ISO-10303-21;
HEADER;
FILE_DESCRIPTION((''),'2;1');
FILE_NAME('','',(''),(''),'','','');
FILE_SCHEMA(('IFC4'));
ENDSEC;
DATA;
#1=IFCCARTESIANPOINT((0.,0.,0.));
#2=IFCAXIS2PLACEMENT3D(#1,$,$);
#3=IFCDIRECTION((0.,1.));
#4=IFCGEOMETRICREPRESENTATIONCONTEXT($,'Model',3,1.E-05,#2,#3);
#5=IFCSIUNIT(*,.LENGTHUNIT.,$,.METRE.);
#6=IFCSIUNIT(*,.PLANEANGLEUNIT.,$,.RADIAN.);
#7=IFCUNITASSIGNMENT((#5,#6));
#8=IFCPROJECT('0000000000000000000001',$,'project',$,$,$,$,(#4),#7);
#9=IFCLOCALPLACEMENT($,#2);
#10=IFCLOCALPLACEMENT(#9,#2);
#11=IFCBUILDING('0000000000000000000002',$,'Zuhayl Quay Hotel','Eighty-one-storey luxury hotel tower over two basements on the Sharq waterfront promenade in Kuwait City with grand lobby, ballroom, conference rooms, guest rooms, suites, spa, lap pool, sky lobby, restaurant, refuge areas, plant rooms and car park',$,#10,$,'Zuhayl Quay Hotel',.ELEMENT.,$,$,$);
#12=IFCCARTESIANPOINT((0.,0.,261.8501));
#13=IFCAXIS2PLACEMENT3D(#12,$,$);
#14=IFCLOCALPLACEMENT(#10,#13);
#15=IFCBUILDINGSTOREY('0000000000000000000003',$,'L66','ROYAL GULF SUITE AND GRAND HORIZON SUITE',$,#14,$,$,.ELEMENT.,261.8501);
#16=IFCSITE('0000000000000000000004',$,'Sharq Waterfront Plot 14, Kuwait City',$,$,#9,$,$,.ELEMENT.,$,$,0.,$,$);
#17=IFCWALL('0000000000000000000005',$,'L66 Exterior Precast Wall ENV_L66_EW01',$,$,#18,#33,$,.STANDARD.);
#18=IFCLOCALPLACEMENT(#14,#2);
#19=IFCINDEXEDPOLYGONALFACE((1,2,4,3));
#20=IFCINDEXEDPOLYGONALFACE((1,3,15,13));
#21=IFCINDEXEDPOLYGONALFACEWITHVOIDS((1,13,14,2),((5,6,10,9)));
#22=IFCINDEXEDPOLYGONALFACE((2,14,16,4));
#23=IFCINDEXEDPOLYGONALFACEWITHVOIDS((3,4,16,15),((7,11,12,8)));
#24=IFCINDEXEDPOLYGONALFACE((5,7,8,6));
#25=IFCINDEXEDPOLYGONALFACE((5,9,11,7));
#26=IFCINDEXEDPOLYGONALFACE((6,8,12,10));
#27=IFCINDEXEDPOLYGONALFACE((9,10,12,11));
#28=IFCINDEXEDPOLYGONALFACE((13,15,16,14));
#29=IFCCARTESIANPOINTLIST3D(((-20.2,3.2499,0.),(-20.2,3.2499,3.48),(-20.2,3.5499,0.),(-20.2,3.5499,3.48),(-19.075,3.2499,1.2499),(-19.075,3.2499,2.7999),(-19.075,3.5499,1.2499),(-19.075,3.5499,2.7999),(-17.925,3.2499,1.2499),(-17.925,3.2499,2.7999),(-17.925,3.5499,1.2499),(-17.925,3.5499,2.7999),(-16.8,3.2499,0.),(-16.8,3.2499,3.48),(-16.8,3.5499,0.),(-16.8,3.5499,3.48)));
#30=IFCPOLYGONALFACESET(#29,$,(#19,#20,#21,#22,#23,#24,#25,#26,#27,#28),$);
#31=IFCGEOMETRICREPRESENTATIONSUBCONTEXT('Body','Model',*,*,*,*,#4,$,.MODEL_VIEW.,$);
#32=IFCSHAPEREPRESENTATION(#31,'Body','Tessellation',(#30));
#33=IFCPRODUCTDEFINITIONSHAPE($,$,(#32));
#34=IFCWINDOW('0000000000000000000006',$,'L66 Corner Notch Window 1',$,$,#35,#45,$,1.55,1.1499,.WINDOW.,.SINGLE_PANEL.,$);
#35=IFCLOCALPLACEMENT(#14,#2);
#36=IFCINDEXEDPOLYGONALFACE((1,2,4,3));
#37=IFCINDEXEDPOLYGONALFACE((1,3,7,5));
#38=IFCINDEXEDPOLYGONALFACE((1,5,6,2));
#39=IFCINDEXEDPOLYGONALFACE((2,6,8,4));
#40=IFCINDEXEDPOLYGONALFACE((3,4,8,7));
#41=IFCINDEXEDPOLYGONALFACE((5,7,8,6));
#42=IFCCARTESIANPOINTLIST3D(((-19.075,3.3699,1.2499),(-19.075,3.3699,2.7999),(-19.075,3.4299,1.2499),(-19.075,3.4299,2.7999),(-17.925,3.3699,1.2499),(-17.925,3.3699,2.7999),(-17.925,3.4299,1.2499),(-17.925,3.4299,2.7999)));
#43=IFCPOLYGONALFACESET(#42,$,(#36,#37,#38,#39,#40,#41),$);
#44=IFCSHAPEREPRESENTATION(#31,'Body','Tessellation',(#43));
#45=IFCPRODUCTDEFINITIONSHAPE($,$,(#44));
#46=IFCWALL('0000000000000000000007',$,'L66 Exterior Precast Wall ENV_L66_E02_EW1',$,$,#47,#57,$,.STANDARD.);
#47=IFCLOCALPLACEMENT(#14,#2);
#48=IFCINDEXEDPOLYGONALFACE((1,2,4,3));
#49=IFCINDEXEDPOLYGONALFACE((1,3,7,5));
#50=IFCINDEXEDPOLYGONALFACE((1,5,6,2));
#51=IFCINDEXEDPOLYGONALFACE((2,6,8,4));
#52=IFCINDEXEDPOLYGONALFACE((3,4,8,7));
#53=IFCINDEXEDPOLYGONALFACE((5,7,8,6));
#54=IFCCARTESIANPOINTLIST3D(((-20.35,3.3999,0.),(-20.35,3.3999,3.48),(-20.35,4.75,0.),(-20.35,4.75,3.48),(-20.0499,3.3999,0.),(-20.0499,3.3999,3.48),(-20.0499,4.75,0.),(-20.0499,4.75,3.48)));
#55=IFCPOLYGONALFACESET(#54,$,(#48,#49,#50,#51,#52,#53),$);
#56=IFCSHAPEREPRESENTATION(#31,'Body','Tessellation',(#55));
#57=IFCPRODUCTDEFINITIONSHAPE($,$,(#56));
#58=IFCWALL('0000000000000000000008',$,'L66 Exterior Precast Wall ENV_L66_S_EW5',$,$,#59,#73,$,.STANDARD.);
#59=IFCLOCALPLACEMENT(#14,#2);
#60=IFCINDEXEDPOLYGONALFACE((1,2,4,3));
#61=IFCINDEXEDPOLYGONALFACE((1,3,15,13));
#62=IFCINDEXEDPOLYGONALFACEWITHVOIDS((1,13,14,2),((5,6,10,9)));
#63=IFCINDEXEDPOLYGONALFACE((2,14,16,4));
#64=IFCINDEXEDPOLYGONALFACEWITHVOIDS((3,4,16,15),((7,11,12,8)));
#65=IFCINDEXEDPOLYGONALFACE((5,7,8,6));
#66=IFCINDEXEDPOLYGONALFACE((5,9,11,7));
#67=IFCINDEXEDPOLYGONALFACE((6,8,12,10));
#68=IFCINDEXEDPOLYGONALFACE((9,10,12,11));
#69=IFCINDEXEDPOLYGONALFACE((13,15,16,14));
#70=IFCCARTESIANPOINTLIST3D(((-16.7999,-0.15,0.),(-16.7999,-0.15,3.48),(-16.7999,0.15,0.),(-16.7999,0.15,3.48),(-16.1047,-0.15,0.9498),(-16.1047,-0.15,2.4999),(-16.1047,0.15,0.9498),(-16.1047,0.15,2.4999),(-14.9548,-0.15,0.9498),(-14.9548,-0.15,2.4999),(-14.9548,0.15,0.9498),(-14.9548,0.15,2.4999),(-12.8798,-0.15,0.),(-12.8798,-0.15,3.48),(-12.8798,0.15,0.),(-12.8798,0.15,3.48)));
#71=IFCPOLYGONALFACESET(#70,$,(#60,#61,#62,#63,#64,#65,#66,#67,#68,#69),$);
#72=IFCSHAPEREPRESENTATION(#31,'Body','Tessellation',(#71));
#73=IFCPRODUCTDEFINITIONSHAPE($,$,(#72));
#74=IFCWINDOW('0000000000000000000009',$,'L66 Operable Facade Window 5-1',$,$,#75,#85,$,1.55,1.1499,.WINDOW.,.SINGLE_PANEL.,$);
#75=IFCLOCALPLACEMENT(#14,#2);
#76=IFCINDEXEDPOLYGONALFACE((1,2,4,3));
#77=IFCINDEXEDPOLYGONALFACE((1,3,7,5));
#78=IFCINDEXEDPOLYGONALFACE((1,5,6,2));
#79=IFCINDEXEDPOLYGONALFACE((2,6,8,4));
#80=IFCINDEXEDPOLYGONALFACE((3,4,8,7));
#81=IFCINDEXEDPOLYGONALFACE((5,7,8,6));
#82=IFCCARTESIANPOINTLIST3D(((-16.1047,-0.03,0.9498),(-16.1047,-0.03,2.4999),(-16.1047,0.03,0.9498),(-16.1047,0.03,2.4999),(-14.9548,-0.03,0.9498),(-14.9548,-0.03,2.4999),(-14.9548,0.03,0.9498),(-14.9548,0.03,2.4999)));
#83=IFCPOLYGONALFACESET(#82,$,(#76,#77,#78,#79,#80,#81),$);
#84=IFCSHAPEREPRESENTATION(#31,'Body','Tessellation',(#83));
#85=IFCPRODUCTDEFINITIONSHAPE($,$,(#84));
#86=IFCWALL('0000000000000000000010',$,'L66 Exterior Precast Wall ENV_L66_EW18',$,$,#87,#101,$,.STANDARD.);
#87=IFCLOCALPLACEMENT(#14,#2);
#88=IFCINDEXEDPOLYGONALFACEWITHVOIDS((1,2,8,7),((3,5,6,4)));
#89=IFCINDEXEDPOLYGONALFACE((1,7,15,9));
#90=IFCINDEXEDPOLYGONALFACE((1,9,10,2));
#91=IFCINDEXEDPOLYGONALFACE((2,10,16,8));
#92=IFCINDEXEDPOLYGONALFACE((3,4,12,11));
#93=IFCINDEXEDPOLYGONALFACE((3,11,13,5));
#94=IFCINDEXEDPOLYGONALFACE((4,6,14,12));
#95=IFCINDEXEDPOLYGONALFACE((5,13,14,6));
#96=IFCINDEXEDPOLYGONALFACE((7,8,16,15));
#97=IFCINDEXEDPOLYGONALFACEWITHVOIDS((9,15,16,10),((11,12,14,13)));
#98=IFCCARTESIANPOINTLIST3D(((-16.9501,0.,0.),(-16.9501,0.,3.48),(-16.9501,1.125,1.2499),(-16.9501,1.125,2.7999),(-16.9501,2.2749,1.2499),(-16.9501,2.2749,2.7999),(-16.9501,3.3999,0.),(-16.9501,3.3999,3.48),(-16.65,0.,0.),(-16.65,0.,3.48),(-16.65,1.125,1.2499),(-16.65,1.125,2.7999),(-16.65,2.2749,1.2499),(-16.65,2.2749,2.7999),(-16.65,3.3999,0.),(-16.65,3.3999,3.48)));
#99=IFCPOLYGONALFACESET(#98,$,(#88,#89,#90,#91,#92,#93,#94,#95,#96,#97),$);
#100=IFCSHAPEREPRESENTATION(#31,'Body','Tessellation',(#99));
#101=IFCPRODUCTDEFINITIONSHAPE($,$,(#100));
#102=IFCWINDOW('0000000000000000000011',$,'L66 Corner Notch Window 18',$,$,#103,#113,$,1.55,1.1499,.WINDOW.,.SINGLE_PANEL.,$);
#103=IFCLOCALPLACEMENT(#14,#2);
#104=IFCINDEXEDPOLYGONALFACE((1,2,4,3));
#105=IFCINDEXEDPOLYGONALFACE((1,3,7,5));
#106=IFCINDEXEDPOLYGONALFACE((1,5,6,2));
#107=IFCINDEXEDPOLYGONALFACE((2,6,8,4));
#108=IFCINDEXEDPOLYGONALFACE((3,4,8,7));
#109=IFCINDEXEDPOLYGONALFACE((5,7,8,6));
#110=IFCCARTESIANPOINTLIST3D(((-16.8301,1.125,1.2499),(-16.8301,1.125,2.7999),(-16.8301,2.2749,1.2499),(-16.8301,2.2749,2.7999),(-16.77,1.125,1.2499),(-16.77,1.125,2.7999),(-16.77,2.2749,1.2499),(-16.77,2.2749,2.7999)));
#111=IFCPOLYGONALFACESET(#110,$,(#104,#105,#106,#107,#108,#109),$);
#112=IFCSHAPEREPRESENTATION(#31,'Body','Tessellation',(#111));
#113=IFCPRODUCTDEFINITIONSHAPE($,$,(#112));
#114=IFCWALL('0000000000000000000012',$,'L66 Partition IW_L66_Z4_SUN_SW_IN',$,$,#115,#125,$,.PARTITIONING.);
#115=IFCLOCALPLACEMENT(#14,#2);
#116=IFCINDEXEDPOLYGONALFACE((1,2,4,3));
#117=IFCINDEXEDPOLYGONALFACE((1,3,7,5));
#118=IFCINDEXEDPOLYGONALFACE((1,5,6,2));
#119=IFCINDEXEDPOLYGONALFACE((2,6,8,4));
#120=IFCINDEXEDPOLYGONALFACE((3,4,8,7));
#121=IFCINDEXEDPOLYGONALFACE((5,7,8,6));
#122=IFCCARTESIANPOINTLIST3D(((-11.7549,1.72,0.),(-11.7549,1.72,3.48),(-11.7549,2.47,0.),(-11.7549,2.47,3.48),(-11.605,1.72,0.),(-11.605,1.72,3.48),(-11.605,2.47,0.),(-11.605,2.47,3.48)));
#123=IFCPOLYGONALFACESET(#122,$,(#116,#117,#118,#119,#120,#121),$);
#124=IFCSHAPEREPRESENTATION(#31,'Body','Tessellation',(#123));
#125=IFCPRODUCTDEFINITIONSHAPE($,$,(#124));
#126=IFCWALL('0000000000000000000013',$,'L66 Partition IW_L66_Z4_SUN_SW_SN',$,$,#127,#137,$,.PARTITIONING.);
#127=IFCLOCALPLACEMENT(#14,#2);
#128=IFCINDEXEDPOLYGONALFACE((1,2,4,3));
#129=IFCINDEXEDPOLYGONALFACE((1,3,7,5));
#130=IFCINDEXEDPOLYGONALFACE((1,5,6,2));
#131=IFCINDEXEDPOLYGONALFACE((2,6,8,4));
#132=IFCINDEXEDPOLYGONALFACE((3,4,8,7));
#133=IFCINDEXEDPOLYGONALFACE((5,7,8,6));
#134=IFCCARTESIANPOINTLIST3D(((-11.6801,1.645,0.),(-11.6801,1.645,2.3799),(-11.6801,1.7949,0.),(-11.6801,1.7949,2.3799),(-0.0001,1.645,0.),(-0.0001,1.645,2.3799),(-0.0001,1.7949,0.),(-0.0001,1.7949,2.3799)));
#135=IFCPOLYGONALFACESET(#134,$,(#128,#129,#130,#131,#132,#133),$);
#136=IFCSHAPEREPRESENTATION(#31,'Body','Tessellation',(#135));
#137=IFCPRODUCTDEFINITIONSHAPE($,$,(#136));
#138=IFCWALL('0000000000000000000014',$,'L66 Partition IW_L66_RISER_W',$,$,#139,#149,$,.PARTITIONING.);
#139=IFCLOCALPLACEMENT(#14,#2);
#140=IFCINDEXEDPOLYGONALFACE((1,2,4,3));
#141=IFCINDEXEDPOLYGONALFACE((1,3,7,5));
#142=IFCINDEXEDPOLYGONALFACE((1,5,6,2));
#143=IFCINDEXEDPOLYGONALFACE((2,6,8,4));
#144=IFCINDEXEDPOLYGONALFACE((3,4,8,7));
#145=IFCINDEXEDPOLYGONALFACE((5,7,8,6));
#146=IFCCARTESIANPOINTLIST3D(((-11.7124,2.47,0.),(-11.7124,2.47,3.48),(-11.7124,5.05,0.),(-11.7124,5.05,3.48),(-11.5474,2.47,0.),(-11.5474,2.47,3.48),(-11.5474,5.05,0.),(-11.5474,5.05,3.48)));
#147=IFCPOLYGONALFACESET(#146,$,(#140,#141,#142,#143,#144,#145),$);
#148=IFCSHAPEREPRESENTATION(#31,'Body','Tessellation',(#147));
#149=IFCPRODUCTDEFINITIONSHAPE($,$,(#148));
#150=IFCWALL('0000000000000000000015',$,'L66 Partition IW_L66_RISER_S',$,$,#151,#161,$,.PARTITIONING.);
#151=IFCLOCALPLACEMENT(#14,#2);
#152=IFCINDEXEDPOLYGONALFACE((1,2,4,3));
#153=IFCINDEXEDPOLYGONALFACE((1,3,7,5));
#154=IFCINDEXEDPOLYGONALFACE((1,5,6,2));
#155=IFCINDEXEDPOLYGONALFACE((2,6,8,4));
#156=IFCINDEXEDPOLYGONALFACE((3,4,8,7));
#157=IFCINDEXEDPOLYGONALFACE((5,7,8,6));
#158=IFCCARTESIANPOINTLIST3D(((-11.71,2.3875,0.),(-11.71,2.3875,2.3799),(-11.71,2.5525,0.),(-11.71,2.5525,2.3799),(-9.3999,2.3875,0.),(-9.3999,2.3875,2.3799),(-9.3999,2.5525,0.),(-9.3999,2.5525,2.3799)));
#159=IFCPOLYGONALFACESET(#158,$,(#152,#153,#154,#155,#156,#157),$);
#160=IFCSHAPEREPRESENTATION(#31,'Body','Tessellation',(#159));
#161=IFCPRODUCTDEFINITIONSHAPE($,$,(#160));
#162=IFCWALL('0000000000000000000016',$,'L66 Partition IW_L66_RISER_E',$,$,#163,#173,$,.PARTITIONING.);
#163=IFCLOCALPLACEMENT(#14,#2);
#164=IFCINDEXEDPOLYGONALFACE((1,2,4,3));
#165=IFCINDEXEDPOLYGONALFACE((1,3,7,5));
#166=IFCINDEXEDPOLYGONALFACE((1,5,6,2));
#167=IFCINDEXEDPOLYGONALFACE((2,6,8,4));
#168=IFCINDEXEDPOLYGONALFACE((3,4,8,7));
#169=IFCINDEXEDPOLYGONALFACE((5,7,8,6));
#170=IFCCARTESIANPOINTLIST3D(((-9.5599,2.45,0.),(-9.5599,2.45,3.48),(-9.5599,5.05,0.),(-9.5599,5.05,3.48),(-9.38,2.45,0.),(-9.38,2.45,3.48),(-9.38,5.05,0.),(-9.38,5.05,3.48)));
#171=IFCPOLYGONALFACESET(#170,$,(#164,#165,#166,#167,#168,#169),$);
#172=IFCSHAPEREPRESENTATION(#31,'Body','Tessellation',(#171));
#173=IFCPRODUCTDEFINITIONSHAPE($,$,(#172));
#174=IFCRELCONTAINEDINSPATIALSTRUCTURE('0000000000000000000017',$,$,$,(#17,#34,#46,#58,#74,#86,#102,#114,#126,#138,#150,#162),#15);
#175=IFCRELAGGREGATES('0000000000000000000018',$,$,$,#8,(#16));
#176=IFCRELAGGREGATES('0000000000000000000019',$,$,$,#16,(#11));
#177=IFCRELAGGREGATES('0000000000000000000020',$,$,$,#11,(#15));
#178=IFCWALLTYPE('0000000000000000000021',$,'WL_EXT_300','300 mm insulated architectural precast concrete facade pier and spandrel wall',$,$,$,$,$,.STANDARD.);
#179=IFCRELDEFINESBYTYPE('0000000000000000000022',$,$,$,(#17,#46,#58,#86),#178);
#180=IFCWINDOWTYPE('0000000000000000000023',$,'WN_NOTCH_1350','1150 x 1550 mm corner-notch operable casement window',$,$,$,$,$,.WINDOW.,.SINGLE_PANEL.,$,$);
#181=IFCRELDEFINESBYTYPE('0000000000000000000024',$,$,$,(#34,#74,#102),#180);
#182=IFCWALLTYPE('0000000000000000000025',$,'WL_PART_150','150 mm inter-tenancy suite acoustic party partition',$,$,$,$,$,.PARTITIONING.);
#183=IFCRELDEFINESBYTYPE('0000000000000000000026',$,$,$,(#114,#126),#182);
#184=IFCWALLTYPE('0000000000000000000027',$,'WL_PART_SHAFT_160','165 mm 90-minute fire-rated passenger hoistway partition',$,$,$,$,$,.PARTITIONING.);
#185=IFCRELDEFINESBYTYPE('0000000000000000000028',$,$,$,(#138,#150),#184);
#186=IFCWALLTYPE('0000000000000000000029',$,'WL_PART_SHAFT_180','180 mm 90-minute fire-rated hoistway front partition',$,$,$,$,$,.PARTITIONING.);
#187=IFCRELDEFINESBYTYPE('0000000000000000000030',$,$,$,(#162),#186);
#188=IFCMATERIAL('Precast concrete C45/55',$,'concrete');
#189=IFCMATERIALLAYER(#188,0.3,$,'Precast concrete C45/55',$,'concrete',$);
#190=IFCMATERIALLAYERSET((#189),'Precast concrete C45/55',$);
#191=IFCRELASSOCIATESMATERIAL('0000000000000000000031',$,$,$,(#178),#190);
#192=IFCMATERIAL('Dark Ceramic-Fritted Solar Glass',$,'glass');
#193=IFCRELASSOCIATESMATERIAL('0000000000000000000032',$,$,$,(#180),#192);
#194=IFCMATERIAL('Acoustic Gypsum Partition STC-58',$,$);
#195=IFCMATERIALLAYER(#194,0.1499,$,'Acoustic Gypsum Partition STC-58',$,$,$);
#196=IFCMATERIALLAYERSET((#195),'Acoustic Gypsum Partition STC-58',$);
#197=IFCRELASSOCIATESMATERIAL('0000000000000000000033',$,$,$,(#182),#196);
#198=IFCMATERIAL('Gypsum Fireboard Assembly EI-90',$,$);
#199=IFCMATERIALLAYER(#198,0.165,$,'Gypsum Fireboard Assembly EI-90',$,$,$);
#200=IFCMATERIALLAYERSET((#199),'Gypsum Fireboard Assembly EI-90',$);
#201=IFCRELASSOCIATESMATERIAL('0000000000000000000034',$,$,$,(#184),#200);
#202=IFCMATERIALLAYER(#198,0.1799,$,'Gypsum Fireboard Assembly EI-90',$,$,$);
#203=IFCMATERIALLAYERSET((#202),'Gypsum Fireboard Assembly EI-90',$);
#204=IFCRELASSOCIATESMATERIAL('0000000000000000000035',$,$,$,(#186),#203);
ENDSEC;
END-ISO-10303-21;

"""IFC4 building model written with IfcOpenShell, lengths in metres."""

from ifc_helpers import new_model, si_unit, direction, frame, frame_2d, origin, place, context, subcontext, project, spatial, rectangle, extrude, material, layer, layer_set, type_object, element, fill, save


model = new_model("IFC4")

# Units and contexts
model_context = context("Model", 3, precision=1e-05, world=origin(), true_north=direction((0.0, 1.0)))
body_context = subcontext(model_context, "Body", "Model", "MODEL_VIEW")
ifc_project = project(units=[si_unit("LENGTHUNIT", "METRE"), si_unit("PLANEANGLEUNIT", "RADIAN")], contexts=[model_context])

# Site, building, storey
site_placement = place(None, origin())
site = spatial("IfcSite", under=ifc_project, at=site_placement, Name="Sharq Waterfront Plot 14, Kuwait City", CompositionType="ELEMENT", RefElevation=0.0)
building_placement = place(site_placement, origin())
building = spatial("IfcBuilding", under=site, at=building_placement, Name="Zuhayl Quay Hotel", Description="Eighty-one-storey luxury hotel tower over two basements on the Sharq waterfront promenade in Kuwait City with grand lobby, ballroom, conference rooms, guest rooms, suites, spa, lap pool, sky lobby, restaurant, refuge areas, plant rooms and car park", LongName="Zuhayl Quay Hotel", CompositionType="ELEMENT")
storey_placement = place(building_placement, frame((0.0, 0.0, 261.8501)))
storey = spatial("IfcBuildingStorey", under=building, at=storey_placement, Name="L66", Description="ROYAL GULF SUITE AND GRAND HORIZON SUITE", CompositionType="ELEMENT", Elevation=261.8501)

# Shared definitions
ifc_material_1 = material(Name="Dark Ceramic-Fritted Solar Glass", Category="glass")

# Wall, opening, window
ifc_material_2 = material(Name="Precast concrete C45/55", Category="concrete")
ifc_layer_1 = layer(ifc_material_2, 0.3, Name="Precast concrete C45/55", Category="concrete")
ifc_layer_set_1 = layer_set([ifc_layer_1], Name="Precast concrete C45/55")
wall_type_1 = type_object("IfcWallType", Name="WL_EXT_300", Description="300 mm insulated architectural precast concrete facade pier and spandrel wall", PredefinedType="STANDARD", material=ifc_layer_set_1)
wall_1_placement = place(storey_placement, frame((-16.8, 3.3999, 0.0), z_axis=(0.0, 0.0, 1.0), x_axis=(-1.0, 0.0, 0.0)))
wall_1 = element("IfcWall", 1, at=wall_1_placement, inside=storey, type_object=wall_type_1, Name="L66 Exterior Precast Wall ENV_L66_EW01", PredefinedType="STANDARD", context=body_context, shape_type="SweptSolid", body=[
    extrude(rectangle(XDim=3.3999, YDim=0.3, at=frame_2d((1.7, 0.0))), origin(), (0.0, 0.0, 1.0), 3.48),
])
opening_1_placement = place(wall_1_placement, frame((1.125, 0.0, 1.25)))
opening_1 = element("IfcOpeningElement", 2, at=opening_1_placement, cuts=wall_1, PredefinedType="OPENING", context=body_context, shape_type="SweptSolid", body=[
    extrude(rectangle(XDim=1.1499, YDim=1.55, at=frame_2d((0.575, 0.7749))), frame((0.0, 0.1599, 0.0), z_axis=(0.0, -1.0, 0.0), x_axis=(1.0, 0.0, 0.0)), (0.0, 0.0, 1.0), 0.3201),
])
window_type = type_object("IfcWindowType", Name="WN_NOTCH_1350", Description="1150 x 1550 mm corner-notch operable casement window", PartitioningType="SINGLE_PANEL", PredefinedType="WINDOW", material=ifc_material_1)
window_1_placement = place(opening_1_placement, origin())
window_1 = element("IfcWindow", 3, at=window_1_placement, inside=storey, type_object=window_type, Name="L66 Corner Notch Window 1", OverallHeight=1.55, OverallWidth=1.1499, PartitioningType="SINGLE_PANEL", PredefinedType="WINDOW", context=body_context, shape_type="SweptSolid", body=[
    extrude(rectangle(XDim=1.1499, YDim=1.55, at=frame_2d((0.575, 0.7749))), frame((0.0, 0.03, 0.0), z_axis=(0.0, -1.0, 0.0), x_axis=(1.0, 0.0, 0.0)), (0.0, 0.0, 1.0), 0.0601),
])
fill(opening_1, window_1)

# Wall
wall_2_placement = place(storey_placement, frame((-20.2, 3.3999, 0.0), z_axis=(0.0, 0.0, 1.0), x_axis=(0.0, 1.0, 0.0)))
element("IfcWall", 4, at=wall_2_placement, inside=storey, type_object=wall_type_1, Name="L66 Exterior Precast Wall ENV_L66_E02_EW1", PredefinedType="STANDARD", context=body_context, shape_type="SweptSolid", body=[
    extrude(rectangle(XDim=1.3501, YDim=0.3, at=frame_2d((0.675, 0.0))), origin(), (0.0, 0.0, 1.0), 3.48),
])

# Walls, openings, windows
wall_3_placement = place(storey_placement, frame((-12.8799, 0.0, 0.0), z_axis=(0.0, 0.0, 1.0), x_axis=(-1.0, 0.0, 0.0)))
wall_3 = element("IfcWall", 5, at=wall_3_placement, inside=storey, type_object=wall_type_1, Name="L66 Exterior Precast Wall ENV_L66_S_EW5", PredefinedType="STANDARD", context=body_context, shape_type="SweptSolid", body=[
    extrude(rectangle(XDim=3.9202, YDim=0.3, at=frame_2d((1.96, 0.0))), origin(), (0.0, 0.0, 1.0), 3.48),
])
opening_2_placement = place(wall_3_placement, frame((2.075, 0.0, 0.95)))
opening_2 = element("IfcOpeningElement", 6, at=opening_2_placement, cuts=wall_3, PredefinedType="OPENING", context=body_context, shape_type="SweptSolid", body=[
    extrude(rectangle(XDim=1.1499, YDim=1.55, at=frame_2d((0.575, 0.7749))), frame((0.0, 0.1599, 0.0), z_axis=(0.0, -1.0, 0.0), x_axis=(1.0, 0.0, 0.0)), (0.0, 0.0, 1.0), 0.3201),
])
window_2_placement = place(opening_2_placement, origin())
window_2 = element("IfcWindow", 7, at=window_2_placement, inside=storey, type_object=window_type, Name="L66 Operable Facade Window 5-1", OverallHeight=1.55, OverallWidth=1.1499, PartitioningType="SINGLE_PANEL", PredefinedType="WINDOW", context=body_context, shape_type="SweptSolid", body=[
    extrude(rectangle(XDim=1.1499, YDim=1.55, at=frame_2d((0.575, 0.7749))), frame((0.0, 0.03, 0.0), z_axis=(0.0, -1.0, 0.0), x_axis=(1.0, 0.0, 0.0)), (0.0, 0.0, 1.0), 0.0601),
])
fill(opening_2, window_2)
wall_4_placement = place(storey_placement, frame((-16.8, 0.0, 0.0), z_axis=(0.0, 0.0, 1.0), x_axis=(0.0, 1.0, 0.0)))
wall_4 = element("IfcWall", 8, at=wall_4_placement, inside=storey, type_object=wall_type_1, Name="L66 Exterior Precast Wall ENV_L66_EW18", PredefinedType="STANDARD", context=body_context, shape_type="SweptSolid", body=[
    extrude(rectangle(XDim=3.3999, YDim=0.3, at=frame_2d((1.7, 0.0))), origin(), (0.0, 0.0, 1.0), 3.48),
])
opening_3_placement = place(wall_4_placement, frame((1.125, 0.0, 1.25)))
opening_3 = element("IfcOpeningElement", 9, at=opening_3_placement, cuts=wall_4, PredefinedType="OPENING", context=body_context, shape_type="SweptSolid", body=[
    extrude(rectangle(XDim=1.1499, YDim=1.55, at=frame_2d((0.575, 0.7749))), frame((0.0, 0.1599, 0.0), z_axis=(0.0, -1.0, 0.0), x_axis=(1.0, 0.0, 0.0)), (0.0, 0.0, 1.0), 0.3201),
])
window_3_placement = place(opening_3_placement, origin())
window_3 = element("IfcWindow", 10, at=window_3_placement, inside=storey, type_object=window_type, Name="L66 Corner Notch Window 18", OverallHeight=1.55, OverallWidth=1.1499, PartitioningType="SINGLE_PANEL", PredefinedType="WINDOW", context=body_context, shape_type="SweptSolid", body=[
    extrude(rectangle(XDim=1.1499, YDim=1.55, at=frame_2d((0.575, 0.7749))), frame((0.0, 0.03, 0.0), z_axis=(0.0, -1.0, 0.0), x_axis=(1.0, 0.0, 0.0)), (0.0, 0.0, 1.0), 0.0601),
])
fill(opening_3, window_3)

# Walls
ifc_material_3 = material(Name="Acoustic Gypsum Partition STC-58")
ifc_layer_2 = layer(ifc_material_3, 0.1499, Name="Acoustic Gypsum Partition STC-58")
ifc_layer_set_2 = layer_set([ifc_layer_2], Name="Acoustic Gypsum Partition STC-58")
wall_type_2 = type_object("IfcWallType", Name="WL_PART_150", Description="150 mm inter-tenancy suite acoustic party partition", PredefinedType="PARTITIONING", material=ifc_layer_set_2)
wall_5_placement = place(storey_placement, frame((-11.6799, 1.72, 0.0), z_axis=(0.0, 0.0, 1.0), x_axis=(0.0, 1.0, 0.0)))
element("IfcWall", 11, at=wall_5_placement, inside=storey, type_object=wall_type_2, Name="L66 Partition IW_L66_Z4_SUN_SW_IN", PredefinedType="PARTITIONING", context=body_context, shape_type="SweptSolid", body=[
    extrude(rectangle(XDim=0.75, YDim=0.1499, at=frame_2d((0.375, 0.0))), origin(), (0.0, 0.0, 1.0), 3.48),
])
wall_6_placement = place(storey_placement, frame((-11.6799, 1.72, 0.0), z_axis=(0.0, 0.0, 1.0), x_axis=(1.0, 0.0, 0.0)))
element("IfcWall", 12, at=wall_6_placement, inside=storey, type_object=wall_type_2, Name="L66 Partition IW_L66_Z4_SUN_SW_SN", PredefinedType="PARTITIONING", context=body_context, shape_type="SweptSolid", body=[
    extrude(rectangle(XDim=11.6799, YDim=0.1499, at=frame_2d((5.8398, 0.0))), origin(), (0.0, 0.0, 1.0), 2.3799),
])

# Walls
ifc_material_4 = material(Name="Gypsum Fireboard Assembly EI-90")
ifc_layer_3 = layer(ifc_material_4, 0.165, Name="Gypsum Fireboard Assembly EI-90")
ifc_layer_set_3 = layer_set([ifc_layer_3], Name="Gypsum Fireboard Assembly EI-90")
wall_type_3 = type_object("IfcWallType", Name="WL_PART_SHAFT_160", Description="165 mm 90-minute fire-rated passenger hoistway partition", PredefinedType="PARTITIONING", material=ifc_layer_set_3)
wall_7_placement = place(storey_placement, frame((-11.6299, 2.47, 0.0), z_axis=(0.0, 0.0, 1.0), x_axis=(0.0, 1.0, 0.0)))
element("IfcWall", 13, at=wall_7_placement, inside=storey, type_object=wall_type_3, Name="L66 Partition IW_L66_RISER_W", PredefinedType="PARTITIONING", context=body_context, shape_type="SweptSolid", body=[
    extrude(rectangle(XDim=2.5801, YDim=0.165, at=frame_2d((1.29, 0.0))), origin(), (0.0, 0.0, 1.0), 3.48),
])
wall_8_placement = place(storey_placement, frame((-11.71, 2.47, 0.0), z_axis=(0.0, 0.0, 1.0), x_axis=(1.0, 0.0, 0.0)))
element("IfcWall", 14, at=wall_8_placement, inside=storey, type_object=wall_type_3, Name="L66 Partition IW_L66_RISER_S", PredefinedType="PARTITIONING", context=body_context, shape_type="SweptSolid", body=[
    extrude(rectangle(XDim=2.3101, YDim=0.165, at=frame_2d((1.155, 0.0))), origin(), (0.0, 0.0, 1.0), 2.3799),
])
ifc_layer_4 = layer(ifc_material_4, 0.1799, Name="Gypsum Fireboard Assembly EI-90")
ifc_layer_set_4 = layer_set([ifc_layer_4], Name="Gypsum Fireboard Assembly EI-90")
wall_type_4 = type_object("IfcWallType", Name="WL_PART_SHAFT_180", Description="180 mm 90-minute fire-rated hoistway front partition", PredefinedType="PARTITIONING", material=ifc_layer_set_4)
wall_9_placement = place(storey_placement, frame((-9.47, 2.45, 0.0), z_axis=(0.0, 0.0, 1.0), x_axis=(0.0, 1.0, 0.0)))
element("IfcWall", 15, at=wall_9_placement, inside=storey, type_object=wall_type_4, Name="L66 Partition IW_L66_RISER_E", PredefinedType="PARTITIONING", context=body_context, shape_type="SweptSolid", body=[
    extrude(rectangle(XDim=2.6001, YDim=0.1799, at=frame_2d((1.3, 0.0))), origin(), (0.0, 0.0, 1.0), 3.48),
])

save(model, "model.ifc")
